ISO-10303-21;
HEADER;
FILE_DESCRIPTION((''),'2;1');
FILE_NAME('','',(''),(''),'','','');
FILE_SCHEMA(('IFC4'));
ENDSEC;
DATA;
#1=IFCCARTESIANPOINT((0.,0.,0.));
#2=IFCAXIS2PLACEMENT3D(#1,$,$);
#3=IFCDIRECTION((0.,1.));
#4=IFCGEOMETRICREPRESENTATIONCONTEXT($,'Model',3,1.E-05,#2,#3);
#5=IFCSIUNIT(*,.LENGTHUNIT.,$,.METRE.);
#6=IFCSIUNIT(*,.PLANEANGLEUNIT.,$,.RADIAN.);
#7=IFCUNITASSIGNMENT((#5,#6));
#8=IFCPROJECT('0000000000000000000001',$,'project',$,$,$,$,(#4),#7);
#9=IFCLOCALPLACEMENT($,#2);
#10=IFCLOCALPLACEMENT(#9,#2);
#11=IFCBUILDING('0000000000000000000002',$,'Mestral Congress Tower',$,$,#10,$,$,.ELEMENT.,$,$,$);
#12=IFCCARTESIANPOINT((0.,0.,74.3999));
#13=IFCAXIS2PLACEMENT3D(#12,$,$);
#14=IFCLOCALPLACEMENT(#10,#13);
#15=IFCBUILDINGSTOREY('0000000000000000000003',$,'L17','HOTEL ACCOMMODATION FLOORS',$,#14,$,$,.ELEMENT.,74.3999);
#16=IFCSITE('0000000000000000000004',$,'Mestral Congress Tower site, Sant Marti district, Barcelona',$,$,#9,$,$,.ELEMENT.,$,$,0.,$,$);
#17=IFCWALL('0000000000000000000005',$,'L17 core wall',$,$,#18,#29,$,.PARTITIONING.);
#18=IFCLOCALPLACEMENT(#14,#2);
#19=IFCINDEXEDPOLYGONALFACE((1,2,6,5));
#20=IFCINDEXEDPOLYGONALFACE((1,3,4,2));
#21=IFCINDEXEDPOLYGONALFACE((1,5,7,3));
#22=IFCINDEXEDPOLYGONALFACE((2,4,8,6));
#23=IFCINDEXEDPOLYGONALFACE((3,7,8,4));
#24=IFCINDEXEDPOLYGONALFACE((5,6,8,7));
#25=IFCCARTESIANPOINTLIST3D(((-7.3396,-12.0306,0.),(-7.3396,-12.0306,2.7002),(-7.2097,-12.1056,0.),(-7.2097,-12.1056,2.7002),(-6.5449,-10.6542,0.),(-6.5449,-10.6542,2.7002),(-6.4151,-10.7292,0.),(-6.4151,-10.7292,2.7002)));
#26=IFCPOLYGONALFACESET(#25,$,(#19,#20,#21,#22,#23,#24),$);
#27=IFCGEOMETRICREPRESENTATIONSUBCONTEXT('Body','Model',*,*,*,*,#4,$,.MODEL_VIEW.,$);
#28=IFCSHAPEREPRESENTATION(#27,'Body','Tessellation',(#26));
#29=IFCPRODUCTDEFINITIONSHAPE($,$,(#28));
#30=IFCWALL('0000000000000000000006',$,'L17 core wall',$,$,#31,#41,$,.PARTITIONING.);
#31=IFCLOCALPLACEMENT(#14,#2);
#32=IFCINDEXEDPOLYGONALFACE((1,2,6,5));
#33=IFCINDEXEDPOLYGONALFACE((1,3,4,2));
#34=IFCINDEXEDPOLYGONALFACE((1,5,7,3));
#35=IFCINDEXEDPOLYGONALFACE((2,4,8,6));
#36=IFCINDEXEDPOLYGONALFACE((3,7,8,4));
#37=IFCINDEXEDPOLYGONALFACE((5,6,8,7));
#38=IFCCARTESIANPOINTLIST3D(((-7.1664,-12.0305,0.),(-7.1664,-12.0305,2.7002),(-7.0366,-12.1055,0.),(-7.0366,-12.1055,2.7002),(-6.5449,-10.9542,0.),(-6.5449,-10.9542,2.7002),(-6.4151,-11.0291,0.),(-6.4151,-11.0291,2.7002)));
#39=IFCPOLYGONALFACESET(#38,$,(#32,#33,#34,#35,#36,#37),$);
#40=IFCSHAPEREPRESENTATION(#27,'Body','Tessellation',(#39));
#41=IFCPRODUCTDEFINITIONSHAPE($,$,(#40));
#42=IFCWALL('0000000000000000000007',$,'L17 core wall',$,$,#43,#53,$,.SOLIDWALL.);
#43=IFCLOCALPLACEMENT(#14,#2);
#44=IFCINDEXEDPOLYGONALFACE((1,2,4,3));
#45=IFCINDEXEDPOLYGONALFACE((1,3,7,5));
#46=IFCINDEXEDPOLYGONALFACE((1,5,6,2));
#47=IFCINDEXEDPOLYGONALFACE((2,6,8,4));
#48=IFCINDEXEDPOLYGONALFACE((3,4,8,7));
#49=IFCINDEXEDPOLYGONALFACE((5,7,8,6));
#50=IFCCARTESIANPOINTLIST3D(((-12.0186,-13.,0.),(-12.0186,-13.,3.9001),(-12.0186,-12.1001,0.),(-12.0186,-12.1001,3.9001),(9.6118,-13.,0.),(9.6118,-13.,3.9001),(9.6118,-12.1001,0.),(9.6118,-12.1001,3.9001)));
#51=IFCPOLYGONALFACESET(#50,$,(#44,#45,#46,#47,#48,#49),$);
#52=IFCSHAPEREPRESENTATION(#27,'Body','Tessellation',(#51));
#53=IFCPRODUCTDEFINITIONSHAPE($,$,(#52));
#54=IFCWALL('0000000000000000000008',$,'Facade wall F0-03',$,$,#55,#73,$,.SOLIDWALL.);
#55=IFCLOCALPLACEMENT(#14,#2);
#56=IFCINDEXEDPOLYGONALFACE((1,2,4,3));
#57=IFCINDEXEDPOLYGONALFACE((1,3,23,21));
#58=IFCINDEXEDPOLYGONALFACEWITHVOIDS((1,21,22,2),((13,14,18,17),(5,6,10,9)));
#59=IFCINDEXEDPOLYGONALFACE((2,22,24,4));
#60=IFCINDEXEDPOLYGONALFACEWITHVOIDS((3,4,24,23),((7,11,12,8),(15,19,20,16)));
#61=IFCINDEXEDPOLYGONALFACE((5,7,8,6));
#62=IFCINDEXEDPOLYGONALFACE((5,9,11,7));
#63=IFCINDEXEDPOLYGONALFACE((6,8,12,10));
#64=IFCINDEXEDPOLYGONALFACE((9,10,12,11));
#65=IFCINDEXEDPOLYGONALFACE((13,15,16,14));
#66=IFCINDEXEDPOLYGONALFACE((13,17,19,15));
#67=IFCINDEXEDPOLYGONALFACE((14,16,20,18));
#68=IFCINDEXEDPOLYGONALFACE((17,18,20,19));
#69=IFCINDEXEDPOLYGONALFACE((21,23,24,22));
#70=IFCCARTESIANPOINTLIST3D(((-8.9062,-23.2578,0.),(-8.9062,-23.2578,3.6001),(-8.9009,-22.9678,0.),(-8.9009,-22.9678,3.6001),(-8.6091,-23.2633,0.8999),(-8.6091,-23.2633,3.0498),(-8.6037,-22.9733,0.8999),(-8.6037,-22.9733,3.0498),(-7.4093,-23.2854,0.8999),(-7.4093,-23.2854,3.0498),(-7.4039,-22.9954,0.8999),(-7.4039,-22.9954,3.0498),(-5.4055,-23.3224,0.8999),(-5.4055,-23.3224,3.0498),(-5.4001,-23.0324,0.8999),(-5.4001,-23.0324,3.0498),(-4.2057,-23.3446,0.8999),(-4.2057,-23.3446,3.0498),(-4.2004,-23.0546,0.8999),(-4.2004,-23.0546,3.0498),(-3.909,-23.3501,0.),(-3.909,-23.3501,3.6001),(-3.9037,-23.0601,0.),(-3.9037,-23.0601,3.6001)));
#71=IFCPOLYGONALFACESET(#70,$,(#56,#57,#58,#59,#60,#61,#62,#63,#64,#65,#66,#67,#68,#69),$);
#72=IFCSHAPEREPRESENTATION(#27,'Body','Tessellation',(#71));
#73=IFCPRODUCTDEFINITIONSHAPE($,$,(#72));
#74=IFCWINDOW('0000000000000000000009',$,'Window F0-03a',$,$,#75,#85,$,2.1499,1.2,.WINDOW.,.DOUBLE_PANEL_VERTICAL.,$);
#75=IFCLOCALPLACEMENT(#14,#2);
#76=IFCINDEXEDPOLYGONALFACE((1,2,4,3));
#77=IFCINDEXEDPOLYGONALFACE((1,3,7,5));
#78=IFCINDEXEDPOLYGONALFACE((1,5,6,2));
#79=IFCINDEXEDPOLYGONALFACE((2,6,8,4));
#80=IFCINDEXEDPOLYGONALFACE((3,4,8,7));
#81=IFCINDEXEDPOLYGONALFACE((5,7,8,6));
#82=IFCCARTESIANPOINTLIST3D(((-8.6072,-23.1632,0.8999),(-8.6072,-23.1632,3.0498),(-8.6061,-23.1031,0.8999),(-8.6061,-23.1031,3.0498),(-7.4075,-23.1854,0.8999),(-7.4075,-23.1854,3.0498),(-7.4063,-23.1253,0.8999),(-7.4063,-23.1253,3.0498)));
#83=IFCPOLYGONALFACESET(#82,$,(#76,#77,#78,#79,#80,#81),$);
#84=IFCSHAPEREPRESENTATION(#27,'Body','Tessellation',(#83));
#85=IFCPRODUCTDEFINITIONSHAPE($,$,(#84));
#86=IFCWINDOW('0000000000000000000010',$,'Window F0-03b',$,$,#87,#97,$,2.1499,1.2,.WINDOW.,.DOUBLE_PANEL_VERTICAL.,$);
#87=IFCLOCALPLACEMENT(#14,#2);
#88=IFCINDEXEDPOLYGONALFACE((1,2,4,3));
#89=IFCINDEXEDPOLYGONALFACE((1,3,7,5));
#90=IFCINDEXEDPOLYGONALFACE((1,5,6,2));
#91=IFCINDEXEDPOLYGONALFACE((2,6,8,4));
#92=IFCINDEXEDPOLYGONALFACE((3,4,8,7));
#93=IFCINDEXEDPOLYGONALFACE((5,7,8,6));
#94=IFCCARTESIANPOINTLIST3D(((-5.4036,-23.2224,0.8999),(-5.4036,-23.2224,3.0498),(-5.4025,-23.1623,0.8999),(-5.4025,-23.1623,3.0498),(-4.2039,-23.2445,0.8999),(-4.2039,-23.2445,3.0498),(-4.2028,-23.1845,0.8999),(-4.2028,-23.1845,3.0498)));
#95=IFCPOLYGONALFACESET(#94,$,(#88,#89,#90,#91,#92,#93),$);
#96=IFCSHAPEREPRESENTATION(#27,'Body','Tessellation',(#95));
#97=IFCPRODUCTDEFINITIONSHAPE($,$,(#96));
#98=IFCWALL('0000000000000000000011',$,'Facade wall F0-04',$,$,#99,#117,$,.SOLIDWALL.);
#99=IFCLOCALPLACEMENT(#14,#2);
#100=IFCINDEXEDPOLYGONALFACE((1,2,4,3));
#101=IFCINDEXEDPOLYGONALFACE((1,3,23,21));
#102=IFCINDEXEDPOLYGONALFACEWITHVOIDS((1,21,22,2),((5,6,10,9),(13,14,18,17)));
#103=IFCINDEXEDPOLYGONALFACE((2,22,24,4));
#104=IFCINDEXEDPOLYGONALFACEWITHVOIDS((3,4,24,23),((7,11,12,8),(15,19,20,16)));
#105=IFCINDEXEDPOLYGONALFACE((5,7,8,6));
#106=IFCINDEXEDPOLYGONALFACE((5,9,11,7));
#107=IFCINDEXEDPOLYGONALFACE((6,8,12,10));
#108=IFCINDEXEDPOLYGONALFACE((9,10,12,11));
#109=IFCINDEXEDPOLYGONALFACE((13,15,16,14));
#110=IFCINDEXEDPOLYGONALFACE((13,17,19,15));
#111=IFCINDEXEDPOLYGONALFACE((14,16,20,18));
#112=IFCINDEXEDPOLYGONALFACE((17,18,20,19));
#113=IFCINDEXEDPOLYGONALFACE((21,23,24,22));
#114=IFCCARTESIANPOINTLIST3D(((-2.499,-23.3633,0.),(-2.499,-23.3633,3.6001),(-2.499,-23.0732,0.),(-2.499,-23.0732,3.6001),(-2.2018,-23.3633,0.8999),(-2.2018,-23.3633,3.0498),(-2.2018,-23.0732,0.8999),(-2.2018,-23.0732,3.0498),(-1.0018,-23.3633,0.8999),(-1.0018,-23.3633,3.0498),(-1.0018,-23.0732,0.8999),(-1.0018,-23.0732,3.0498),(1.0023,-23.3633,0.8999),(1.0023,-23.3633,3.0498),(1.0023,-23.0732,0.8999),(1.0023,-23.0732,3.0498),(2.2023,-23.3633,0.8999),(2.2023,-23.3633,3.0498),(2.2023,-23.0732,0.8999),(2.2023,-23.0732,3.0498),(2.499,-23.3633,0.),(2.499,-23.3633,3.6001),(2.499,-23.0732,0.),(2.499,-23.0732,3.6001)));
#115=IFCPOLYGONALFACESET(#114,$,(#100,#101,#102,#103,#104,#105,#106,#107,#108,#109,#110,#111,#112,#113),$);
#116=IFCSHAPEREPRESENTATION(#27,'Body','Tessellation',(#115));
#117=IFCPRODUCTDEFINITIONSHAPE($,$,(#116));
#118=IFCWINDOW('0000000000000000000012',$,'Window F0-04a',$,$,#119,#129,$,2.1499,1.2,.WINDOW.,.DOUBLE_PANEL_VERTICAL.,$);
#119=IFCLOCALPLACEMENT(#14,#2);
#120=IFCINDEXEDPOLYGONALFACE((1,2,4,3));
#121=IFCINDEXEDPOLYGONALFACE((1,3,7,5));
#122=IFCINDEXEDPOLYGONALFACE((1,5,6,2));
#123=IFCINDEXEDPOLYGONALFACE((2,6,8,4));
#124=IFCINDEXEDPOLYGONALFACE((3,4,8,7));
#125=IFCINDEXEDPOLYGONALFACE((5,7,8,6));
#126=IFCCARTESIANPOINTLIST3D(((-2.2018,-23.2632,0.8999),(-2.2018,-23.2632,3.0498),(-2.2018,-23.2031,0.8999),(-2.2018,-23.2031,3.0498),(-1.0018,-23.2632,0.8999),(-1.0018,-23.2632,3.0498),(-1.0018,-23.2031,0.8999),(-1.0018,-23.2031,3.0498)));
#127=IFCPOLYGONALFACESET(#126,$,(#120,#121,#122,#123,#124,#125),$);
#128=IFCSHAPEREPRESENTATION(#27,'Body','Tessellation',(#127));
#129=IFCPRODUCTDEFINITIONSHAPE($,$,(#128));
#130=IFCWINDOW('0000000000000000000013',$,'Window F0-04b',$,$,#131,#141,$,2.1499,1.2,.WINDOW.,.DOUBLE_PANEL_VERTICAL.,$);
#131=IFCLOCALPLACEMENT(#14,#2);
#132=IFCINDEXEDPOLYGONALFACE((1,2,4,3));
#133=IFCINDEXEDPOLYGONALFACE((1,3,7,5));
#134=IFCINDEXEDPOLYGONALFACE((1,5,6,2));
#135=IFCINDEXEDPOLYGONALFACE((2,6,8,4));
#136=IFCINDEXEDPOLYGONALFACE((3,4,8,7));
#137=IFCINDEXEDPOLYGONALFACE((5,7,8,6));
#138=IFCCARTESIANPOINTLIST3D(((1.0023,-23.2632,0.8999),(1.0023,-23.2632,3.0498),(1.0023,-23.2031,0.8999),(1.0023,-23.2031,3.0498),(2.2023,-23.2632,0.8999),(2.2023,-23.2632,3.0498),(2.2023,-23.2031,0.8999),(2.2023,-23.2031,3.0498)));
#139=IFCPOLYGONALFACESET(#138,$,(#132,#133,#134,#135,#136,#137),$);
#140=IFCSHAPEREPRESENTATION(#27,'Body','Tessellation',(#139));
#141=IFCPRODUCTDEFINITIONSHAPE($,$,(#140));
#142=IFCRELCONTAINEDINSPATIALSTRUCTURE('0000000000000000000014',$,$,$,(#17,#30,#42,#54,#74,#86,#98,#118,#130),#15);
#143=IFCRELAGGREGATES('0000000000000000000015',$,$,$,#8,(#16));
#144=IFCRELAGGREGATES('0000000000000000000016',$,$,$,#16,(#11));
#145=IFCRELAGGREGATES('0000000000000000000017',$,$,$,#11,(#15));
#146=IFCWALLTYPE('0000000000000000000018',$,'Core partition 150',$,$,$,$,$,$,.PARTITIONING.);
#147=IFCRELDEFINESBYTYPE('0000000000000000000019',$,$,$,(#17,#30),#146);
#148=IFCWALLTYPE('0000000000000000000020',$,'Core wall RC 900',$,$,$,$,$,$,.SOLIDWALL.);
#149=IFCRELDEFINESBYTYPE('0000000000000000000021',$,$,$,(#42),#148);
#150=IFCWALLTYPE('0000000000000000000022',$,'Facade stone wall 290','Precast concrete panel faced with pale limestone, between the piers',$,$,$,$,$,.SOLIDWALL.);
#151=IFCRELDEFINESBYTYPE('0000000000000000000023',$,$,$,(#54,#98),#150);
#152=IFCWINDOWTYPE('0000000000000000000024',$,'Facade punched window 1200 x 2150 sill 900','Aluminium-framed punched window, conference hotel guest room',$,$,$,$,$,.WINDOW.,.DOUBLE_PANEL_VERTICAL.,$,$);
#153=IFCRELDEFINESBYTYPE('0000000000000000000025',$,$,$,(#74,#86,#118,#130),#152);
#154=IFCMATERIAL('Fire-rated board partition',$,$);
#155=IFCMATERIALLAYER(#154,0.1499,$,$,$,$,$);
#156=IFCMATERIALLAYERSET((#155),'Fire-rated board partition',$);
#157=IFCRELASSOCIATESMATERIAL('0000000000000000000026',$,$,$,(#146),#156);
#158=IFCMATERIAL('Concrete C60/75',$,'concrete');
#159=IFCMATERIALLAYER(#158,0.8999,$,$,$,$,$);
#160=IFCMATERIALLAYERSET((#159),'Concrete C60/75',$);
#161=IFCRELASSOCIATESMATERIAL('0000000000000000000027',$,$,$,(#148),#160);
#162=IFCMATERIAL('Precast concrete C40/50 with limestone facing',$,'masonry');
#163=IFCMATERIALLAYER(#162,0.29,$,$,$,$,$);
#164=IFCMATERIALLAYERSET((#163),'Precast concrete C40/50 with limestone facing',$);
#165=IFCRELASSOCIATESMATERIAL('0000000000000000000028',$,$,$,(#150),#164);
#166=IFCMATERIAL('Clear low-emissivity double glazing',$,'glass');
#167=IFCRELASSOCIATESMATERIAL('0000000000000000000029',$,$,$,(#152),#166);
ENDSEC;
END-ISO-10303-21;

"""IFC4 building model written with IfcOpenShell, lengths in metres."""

from ifc_helpers import new_model, si_unit, direction, frame, frame_2d, origin, place, context, subcontext, project, spatial, rectangle, extrude, material, layer, layer_set, type_object, element, fill, save


model = new_model("IFC4")

# Units and contexts
model_context = context("Model", 3, precision=1e-05, world=origin(), true_north=direction((0.0, 1.0)))
body_context = subcontext(model_context, "Body", "Model", "MODEL_VIEW")
ifc_project = project(units=[si_unit("LENGTHUNIT", "METRE"), si_unit("PLANEANGLEUNIT", "RADIAN")], contexts=[model_context])

# Site, building, storey
site_placement = place(None, origin())
site = spatial("IfcSite", under=ifc_project, at=site_placement, Name="Mestral Congress Tower site, Sant Marti district, Barcelona", CompositionType="ELEMENT", RefElevation=0.0)
building_placement = place(site_placement, origin())
building = spatial("IfcBuilding", under=site, at=building_placement, Name="Mestral Congress Tower", CompositionType="ELEMENT")
storey_placement = place(building_placement, frame((0.0, 0.0, 74.3999)))
storey = spatial("IfcBuildingStorey", under=building, at=storey_placement, Name="L17", Description="HOTEL ACCOMMODATION FLOORS", CompositionType="ELEMENT", Elevation=74.3999)

# Walls
ifc_material_1 = material(Name="Fire-rated board partition")
ifc_layer_1 = layer(ifc_material_1, 0.1499)
ifc_layer_set_1 = layer_set([ifc_layer_1], Name="Fire-rated board partition")
wall_type_1 = type_object("IfcWallType", Name="Core partition 150", PredefinedType="PARTITIONING", material=ifc_layer_set_1)
wall_1_placement = place(storey_placement, frame((-7.2747, -12.0681, 0.0), z_axis=(0.0, 0.0, 1.0), x_axis=(0.499988, 0.866032, 0.0)))
element("IfcWall", 1, at=wall_1_placement, inside=storey, type_object=wall_type_1, Name="L17 core wall", PredefinedType="PARTITIONING", context=body_context, shape_type="SweptSolid", body=[
    extrude(rectangle(XDim=1.5894, YDim=0.1499, at=frame_2d((0.7947, 0.0))), origin(), (0.0, 0.0, 1.0), 2.7002),
])
wall_2_placement = place(storey_placement, frame((-7.1016, -12.0681, 0.0), z_axis=(0.0, 0.0, 1.0), x_axis=(0.500068, 0.865986, 0.0)))
element("IfcWall", 2, at=wall_2_placement, inside=storey, type_object=wall_type_1, Name="L17 core wall", PredefinedType="PARTITIONING", context=body_context, shape_type="SweptSolid", body=[
    extrude(rectangle(XDim=1.2429, YDim=0.1499, at=frame_2d((0.6216, 0.0))), origin(), (0.0, 0.0, 1.0), 2.7002),
])
ifc_material_2 = material(Name="Concrete C60/75", Category="concrete")
ifc_layer_2 = layer(ifc_material_2, 0.8999)
ifc_layer_set_2 = layer_set([ifc_layer_2], Name="Concrete C60/75")
wall_type_2 = type_object("IfcWallType", Name="Core wall RC 900", PredefinedType="SOLIDWALL", material=ifc_layer_set_2)
wall_3_placement = place(storey_placement, frame((-12.0186, -12.55, 0.0), z_axis=(0.0, 0.0, 1.0), x_axis=(1.0, 0.0, 0.0)))
element("IfcWall", 3, at=wall_3_placement, inside=storey, type_object=wall_type_2, Name="L17 core wall", PredefinedType="SOLIDWALL", context=body_context, shape_type="SweptSolid", body=[
    extrude(rectangle(XDim=21.6304, YDim=0.8999, at=frame_2d((10.8152, 0.0))), origin(), (0.0, 0.0, 1.0), 3.9001),
])

# Walls, openings, windows
ifc_material_3 = material(Name="Precast concrete C40/50 with limestone facing", Category="masonry")
ifc_layer_3 = layer(ifc_material_3, 0.29)
ifc_layer_set_3 = layer_set([ifc_layer_3], Name="Precast concrete C40/50 with limestone facing")
wall_type_3 = type_object("IfcWallType", Name="Facade stone wall 290", Description="Precast concrete panel faced with pale limestone, between the piers", PredefinedType="SOLIDWALL", material=ifc_layer_set_3)
wall_4_placement = place(storey_placement, frame((-8.9036, -23.1128, 0.0), z_axis=(0.0, 0.0, 1.0), x_axis=(0.99983, -0.018464, 0.0)))
wall_4 = element("IfcWall", 4, at=wall_4_placement, inside=storey, type_object=wall_type_3, Name="Facade wall F0-03", PredefinedType="SOLIDWALL", context=body_context, shape_type="SweptSolid", body=[
    extrude(rectangle(XDim=4.998, YDim=0.29, at=frame_2d((2.499, 0.0))), origin(), (0.0, 0.0, 1.0), 3.6001),
])
opening_1_placement = place(wall_4_placement, frame((0.2971, 0.0, 0.8999)))
opening_1 = element("IfcOpeningElement", 5, at=opening_1_placement, cuts=wall_4, PredefinedType="OPENING", context=body_context, shape_type="SweptSolid", body=[
    extrude(rectangle(XDim=1.2, YDim=2.1499, at=frame_2d((0.6001, 1.075))), frame((0.0, 0.155, 0.0), z_axis=(0.0, -1.0, 0.0), x_axis=(1.0, 0.0, 0.0)), (0.0, 0.0, 1.0), 0.3101),
])
opening_2_placement = place(wall_4_placement, frame((3.5012, 0.0, 0.8999)))
opening_2 = element("IfcOpeningElement", 6, at=opening_2_placement, cuts=wall_4, PredefinedType="OPENING", context=body_context, shape_type="SweptSolid", body=[
    extrude(rectangle(XDim=1.2, YDim=2.1499, at=frame_2d((0.6001, 1.075))), frame((0.0, 0.155, 0.0), z_axis=(0.0, -1.0, 0.0), x_axis=(1.0, 0.0, 0.0)), (0.0, 0.0, 1.0), 0.3101),
])
ifc_material_4 = material(Name="Clear low-emissivity double glazing", Category="glass")
window_type = type_object("IfcWindowType", Name="Facade punched window 1200 x 2150 sill 900", Description="Aluminium-framed punched window, conference hotel guest room", PartitioningType="DOUBLE_PANEL_VERTICAL", PredefinedType="WINDOW", material=ifc_material_4)
window_1_placement = place(opening_1_placement, origin())
window_1 = element("IfcWindow", 7, at=window_1_placement, inside=storey, type_object=window_type, Name="Window F0-03a", OverallHeight=2.1499, OverallWidth=1.2, PartitioningType="DOUBLE_PANEL_VERTICAL", PredefinedType="WINDOW", context=body_context, shape_type="SweptSolid", body=[
    extrude(rectangle(XDim=1.2, YDim=2.1499, at=frame_2d((0.6001, 1.075))), frame((0.0, 0.0151, 0.0), z_axis=(0.0, -1.0, 0.0), x_axis=(1.0, 0.0, 0.0)), (0.0, 0.0, 1.0), 0.0601),
])
fill(opening_1, window_1)
window_2_placement = place(opening_2_placement, origin())
window_2 = element("IfcWindow", 8, at=window_2_placement, inside=storey, type_object=window_type, Name="Window F0-03b", OverallHeight=2.1499, OverallWidth=1.2, PartitioningType="DOUBLE_PANEL_VERTICAL", PredefinedType="WINDOW", context=body_context, shape_type="SweptSolid", body=[
    extrude(rectangle(XDim=1.2, YDim=2.1499, at=frame_2d((0.6001, 1.075))), frame((0.0, 0.0151, 0.0), z_axis=(0.0, -1.0, 0.0), x_axis=(1.0, 0.0, 0.0)), (0.0, 0.0, 1.0), 0.0601),
])
fill(opening_2, window_2)
wall_5_placement = place(storey_placement, frame((-2.499, -23.2183, 0.0), z_axis=(0.0, 0.0, 1.0), x_axis=(1.0, 0.0, 0.0)))
wall_5 = element("IfcWall", 9, at=wall_5_placement, inside=storey, type_object=wall_type_3, Name="Facade wall F0-04", PredefinedType="SOLIDWALL", context=body_context, shape_type="SweptSolid", body=[
    extrude(rectangle(XDim=4.998, YDim=0.29, at=frame_2d((2.499, 0.0))), origin(), (0.0, 0.0, 1.0), 3.6001),
])
opening_3_placement = place(wall_5_placement, frame((0.2971, 0.0, 0.8999)))
opening_3 = element("IfcOpeningElement", 10, at=opening_3_placement, cuts=wall_5, PredefinedType="OPENING", context=body_context, shape_type="SweptSolid", body=[
    extrude(rectangle(XDim=1.2, YDim=2.1499, at=frame_2d((0.6001, 1.075))), frame((0.0, 0.155, 0.0), z_axis=(0.0, -1.0, 0.0), x_axis=(1.0, 0.0, 0.0)), (0.0, 0.0, 1.0), 0.3101),
])
opening_4_placement = place(wall_5_placement, frame((3.5012, 0.0, 0.8999)))
opening_4 = element("IfcOpeningElement", 11, at=opening_4_placement, cuts=wall_5, PredefinedType="OPENING", context=body_context, shape_type="SweptSolid", body=[
    extrude(rectangle(XDim=1.2, YDim=2.1499, at=frame_2d((0.6001, 1.075))), frame((0.0, 0.155, 0.0), z_axis=(0.0, -1.0, 0.0), x_axis=(1.0, 0.0, 0.0)), (0.0, 0.0, 1.0), 0.3101),
])
window_3_placement = place(opening_3_placement, origin())
window_3 = element("IfcWindow", 12, at=window_3_placement, inside=storey, type_object=window_type, Name="Window F0-04a", OverallHeight=2.1499, OverallWidth=1.2, PartitioningType="DOUBLE_PANEL_VERTICAL", PredefinedType="WINDOW", context=body_context, shape_type="SweptSolid", body=[
    extrude(rectangle(XDim=1.2, YDim=2.1499, at=frame_2d((0.6001, 1.075))), frame((0.0, 0.0151, 0.0), z_axis=(0.0, -1.0, 0.0), x_axis=(1.0, 0.0, 0.0)), (0.0, 0.0, 1.0), 0.0601),
])
fill(opening_3, window_3)
window_4_placement = place(opening_4_placement, origin())
window_4 = element("IfcWindow", 13, at=window_4_placement, inside=storey, type_object=window_type, Name="Window F0-04b", OverallHeight=2.1499, OverallWidth=1.2, PartitioningType="DOUBLE_PANEL_VERTICAL", PredefinedType="WINDOW", context=body_context, shape_type="SweptSolid", body=[
    extrude(rectangle(XDim=1.2, YDim=2.1499, at=frame_2d((0.6001, 1.075))), frame((0.0, 0.0151, 0.0), z_axis=(0.0, -1.0, 0.0), x_axis=(1.0, 0.0, 0.0)), (0.0, 0.0, 1.0), 0.0601),
])
fill(opening_4, window_4)

save(model, "model.ifc")
